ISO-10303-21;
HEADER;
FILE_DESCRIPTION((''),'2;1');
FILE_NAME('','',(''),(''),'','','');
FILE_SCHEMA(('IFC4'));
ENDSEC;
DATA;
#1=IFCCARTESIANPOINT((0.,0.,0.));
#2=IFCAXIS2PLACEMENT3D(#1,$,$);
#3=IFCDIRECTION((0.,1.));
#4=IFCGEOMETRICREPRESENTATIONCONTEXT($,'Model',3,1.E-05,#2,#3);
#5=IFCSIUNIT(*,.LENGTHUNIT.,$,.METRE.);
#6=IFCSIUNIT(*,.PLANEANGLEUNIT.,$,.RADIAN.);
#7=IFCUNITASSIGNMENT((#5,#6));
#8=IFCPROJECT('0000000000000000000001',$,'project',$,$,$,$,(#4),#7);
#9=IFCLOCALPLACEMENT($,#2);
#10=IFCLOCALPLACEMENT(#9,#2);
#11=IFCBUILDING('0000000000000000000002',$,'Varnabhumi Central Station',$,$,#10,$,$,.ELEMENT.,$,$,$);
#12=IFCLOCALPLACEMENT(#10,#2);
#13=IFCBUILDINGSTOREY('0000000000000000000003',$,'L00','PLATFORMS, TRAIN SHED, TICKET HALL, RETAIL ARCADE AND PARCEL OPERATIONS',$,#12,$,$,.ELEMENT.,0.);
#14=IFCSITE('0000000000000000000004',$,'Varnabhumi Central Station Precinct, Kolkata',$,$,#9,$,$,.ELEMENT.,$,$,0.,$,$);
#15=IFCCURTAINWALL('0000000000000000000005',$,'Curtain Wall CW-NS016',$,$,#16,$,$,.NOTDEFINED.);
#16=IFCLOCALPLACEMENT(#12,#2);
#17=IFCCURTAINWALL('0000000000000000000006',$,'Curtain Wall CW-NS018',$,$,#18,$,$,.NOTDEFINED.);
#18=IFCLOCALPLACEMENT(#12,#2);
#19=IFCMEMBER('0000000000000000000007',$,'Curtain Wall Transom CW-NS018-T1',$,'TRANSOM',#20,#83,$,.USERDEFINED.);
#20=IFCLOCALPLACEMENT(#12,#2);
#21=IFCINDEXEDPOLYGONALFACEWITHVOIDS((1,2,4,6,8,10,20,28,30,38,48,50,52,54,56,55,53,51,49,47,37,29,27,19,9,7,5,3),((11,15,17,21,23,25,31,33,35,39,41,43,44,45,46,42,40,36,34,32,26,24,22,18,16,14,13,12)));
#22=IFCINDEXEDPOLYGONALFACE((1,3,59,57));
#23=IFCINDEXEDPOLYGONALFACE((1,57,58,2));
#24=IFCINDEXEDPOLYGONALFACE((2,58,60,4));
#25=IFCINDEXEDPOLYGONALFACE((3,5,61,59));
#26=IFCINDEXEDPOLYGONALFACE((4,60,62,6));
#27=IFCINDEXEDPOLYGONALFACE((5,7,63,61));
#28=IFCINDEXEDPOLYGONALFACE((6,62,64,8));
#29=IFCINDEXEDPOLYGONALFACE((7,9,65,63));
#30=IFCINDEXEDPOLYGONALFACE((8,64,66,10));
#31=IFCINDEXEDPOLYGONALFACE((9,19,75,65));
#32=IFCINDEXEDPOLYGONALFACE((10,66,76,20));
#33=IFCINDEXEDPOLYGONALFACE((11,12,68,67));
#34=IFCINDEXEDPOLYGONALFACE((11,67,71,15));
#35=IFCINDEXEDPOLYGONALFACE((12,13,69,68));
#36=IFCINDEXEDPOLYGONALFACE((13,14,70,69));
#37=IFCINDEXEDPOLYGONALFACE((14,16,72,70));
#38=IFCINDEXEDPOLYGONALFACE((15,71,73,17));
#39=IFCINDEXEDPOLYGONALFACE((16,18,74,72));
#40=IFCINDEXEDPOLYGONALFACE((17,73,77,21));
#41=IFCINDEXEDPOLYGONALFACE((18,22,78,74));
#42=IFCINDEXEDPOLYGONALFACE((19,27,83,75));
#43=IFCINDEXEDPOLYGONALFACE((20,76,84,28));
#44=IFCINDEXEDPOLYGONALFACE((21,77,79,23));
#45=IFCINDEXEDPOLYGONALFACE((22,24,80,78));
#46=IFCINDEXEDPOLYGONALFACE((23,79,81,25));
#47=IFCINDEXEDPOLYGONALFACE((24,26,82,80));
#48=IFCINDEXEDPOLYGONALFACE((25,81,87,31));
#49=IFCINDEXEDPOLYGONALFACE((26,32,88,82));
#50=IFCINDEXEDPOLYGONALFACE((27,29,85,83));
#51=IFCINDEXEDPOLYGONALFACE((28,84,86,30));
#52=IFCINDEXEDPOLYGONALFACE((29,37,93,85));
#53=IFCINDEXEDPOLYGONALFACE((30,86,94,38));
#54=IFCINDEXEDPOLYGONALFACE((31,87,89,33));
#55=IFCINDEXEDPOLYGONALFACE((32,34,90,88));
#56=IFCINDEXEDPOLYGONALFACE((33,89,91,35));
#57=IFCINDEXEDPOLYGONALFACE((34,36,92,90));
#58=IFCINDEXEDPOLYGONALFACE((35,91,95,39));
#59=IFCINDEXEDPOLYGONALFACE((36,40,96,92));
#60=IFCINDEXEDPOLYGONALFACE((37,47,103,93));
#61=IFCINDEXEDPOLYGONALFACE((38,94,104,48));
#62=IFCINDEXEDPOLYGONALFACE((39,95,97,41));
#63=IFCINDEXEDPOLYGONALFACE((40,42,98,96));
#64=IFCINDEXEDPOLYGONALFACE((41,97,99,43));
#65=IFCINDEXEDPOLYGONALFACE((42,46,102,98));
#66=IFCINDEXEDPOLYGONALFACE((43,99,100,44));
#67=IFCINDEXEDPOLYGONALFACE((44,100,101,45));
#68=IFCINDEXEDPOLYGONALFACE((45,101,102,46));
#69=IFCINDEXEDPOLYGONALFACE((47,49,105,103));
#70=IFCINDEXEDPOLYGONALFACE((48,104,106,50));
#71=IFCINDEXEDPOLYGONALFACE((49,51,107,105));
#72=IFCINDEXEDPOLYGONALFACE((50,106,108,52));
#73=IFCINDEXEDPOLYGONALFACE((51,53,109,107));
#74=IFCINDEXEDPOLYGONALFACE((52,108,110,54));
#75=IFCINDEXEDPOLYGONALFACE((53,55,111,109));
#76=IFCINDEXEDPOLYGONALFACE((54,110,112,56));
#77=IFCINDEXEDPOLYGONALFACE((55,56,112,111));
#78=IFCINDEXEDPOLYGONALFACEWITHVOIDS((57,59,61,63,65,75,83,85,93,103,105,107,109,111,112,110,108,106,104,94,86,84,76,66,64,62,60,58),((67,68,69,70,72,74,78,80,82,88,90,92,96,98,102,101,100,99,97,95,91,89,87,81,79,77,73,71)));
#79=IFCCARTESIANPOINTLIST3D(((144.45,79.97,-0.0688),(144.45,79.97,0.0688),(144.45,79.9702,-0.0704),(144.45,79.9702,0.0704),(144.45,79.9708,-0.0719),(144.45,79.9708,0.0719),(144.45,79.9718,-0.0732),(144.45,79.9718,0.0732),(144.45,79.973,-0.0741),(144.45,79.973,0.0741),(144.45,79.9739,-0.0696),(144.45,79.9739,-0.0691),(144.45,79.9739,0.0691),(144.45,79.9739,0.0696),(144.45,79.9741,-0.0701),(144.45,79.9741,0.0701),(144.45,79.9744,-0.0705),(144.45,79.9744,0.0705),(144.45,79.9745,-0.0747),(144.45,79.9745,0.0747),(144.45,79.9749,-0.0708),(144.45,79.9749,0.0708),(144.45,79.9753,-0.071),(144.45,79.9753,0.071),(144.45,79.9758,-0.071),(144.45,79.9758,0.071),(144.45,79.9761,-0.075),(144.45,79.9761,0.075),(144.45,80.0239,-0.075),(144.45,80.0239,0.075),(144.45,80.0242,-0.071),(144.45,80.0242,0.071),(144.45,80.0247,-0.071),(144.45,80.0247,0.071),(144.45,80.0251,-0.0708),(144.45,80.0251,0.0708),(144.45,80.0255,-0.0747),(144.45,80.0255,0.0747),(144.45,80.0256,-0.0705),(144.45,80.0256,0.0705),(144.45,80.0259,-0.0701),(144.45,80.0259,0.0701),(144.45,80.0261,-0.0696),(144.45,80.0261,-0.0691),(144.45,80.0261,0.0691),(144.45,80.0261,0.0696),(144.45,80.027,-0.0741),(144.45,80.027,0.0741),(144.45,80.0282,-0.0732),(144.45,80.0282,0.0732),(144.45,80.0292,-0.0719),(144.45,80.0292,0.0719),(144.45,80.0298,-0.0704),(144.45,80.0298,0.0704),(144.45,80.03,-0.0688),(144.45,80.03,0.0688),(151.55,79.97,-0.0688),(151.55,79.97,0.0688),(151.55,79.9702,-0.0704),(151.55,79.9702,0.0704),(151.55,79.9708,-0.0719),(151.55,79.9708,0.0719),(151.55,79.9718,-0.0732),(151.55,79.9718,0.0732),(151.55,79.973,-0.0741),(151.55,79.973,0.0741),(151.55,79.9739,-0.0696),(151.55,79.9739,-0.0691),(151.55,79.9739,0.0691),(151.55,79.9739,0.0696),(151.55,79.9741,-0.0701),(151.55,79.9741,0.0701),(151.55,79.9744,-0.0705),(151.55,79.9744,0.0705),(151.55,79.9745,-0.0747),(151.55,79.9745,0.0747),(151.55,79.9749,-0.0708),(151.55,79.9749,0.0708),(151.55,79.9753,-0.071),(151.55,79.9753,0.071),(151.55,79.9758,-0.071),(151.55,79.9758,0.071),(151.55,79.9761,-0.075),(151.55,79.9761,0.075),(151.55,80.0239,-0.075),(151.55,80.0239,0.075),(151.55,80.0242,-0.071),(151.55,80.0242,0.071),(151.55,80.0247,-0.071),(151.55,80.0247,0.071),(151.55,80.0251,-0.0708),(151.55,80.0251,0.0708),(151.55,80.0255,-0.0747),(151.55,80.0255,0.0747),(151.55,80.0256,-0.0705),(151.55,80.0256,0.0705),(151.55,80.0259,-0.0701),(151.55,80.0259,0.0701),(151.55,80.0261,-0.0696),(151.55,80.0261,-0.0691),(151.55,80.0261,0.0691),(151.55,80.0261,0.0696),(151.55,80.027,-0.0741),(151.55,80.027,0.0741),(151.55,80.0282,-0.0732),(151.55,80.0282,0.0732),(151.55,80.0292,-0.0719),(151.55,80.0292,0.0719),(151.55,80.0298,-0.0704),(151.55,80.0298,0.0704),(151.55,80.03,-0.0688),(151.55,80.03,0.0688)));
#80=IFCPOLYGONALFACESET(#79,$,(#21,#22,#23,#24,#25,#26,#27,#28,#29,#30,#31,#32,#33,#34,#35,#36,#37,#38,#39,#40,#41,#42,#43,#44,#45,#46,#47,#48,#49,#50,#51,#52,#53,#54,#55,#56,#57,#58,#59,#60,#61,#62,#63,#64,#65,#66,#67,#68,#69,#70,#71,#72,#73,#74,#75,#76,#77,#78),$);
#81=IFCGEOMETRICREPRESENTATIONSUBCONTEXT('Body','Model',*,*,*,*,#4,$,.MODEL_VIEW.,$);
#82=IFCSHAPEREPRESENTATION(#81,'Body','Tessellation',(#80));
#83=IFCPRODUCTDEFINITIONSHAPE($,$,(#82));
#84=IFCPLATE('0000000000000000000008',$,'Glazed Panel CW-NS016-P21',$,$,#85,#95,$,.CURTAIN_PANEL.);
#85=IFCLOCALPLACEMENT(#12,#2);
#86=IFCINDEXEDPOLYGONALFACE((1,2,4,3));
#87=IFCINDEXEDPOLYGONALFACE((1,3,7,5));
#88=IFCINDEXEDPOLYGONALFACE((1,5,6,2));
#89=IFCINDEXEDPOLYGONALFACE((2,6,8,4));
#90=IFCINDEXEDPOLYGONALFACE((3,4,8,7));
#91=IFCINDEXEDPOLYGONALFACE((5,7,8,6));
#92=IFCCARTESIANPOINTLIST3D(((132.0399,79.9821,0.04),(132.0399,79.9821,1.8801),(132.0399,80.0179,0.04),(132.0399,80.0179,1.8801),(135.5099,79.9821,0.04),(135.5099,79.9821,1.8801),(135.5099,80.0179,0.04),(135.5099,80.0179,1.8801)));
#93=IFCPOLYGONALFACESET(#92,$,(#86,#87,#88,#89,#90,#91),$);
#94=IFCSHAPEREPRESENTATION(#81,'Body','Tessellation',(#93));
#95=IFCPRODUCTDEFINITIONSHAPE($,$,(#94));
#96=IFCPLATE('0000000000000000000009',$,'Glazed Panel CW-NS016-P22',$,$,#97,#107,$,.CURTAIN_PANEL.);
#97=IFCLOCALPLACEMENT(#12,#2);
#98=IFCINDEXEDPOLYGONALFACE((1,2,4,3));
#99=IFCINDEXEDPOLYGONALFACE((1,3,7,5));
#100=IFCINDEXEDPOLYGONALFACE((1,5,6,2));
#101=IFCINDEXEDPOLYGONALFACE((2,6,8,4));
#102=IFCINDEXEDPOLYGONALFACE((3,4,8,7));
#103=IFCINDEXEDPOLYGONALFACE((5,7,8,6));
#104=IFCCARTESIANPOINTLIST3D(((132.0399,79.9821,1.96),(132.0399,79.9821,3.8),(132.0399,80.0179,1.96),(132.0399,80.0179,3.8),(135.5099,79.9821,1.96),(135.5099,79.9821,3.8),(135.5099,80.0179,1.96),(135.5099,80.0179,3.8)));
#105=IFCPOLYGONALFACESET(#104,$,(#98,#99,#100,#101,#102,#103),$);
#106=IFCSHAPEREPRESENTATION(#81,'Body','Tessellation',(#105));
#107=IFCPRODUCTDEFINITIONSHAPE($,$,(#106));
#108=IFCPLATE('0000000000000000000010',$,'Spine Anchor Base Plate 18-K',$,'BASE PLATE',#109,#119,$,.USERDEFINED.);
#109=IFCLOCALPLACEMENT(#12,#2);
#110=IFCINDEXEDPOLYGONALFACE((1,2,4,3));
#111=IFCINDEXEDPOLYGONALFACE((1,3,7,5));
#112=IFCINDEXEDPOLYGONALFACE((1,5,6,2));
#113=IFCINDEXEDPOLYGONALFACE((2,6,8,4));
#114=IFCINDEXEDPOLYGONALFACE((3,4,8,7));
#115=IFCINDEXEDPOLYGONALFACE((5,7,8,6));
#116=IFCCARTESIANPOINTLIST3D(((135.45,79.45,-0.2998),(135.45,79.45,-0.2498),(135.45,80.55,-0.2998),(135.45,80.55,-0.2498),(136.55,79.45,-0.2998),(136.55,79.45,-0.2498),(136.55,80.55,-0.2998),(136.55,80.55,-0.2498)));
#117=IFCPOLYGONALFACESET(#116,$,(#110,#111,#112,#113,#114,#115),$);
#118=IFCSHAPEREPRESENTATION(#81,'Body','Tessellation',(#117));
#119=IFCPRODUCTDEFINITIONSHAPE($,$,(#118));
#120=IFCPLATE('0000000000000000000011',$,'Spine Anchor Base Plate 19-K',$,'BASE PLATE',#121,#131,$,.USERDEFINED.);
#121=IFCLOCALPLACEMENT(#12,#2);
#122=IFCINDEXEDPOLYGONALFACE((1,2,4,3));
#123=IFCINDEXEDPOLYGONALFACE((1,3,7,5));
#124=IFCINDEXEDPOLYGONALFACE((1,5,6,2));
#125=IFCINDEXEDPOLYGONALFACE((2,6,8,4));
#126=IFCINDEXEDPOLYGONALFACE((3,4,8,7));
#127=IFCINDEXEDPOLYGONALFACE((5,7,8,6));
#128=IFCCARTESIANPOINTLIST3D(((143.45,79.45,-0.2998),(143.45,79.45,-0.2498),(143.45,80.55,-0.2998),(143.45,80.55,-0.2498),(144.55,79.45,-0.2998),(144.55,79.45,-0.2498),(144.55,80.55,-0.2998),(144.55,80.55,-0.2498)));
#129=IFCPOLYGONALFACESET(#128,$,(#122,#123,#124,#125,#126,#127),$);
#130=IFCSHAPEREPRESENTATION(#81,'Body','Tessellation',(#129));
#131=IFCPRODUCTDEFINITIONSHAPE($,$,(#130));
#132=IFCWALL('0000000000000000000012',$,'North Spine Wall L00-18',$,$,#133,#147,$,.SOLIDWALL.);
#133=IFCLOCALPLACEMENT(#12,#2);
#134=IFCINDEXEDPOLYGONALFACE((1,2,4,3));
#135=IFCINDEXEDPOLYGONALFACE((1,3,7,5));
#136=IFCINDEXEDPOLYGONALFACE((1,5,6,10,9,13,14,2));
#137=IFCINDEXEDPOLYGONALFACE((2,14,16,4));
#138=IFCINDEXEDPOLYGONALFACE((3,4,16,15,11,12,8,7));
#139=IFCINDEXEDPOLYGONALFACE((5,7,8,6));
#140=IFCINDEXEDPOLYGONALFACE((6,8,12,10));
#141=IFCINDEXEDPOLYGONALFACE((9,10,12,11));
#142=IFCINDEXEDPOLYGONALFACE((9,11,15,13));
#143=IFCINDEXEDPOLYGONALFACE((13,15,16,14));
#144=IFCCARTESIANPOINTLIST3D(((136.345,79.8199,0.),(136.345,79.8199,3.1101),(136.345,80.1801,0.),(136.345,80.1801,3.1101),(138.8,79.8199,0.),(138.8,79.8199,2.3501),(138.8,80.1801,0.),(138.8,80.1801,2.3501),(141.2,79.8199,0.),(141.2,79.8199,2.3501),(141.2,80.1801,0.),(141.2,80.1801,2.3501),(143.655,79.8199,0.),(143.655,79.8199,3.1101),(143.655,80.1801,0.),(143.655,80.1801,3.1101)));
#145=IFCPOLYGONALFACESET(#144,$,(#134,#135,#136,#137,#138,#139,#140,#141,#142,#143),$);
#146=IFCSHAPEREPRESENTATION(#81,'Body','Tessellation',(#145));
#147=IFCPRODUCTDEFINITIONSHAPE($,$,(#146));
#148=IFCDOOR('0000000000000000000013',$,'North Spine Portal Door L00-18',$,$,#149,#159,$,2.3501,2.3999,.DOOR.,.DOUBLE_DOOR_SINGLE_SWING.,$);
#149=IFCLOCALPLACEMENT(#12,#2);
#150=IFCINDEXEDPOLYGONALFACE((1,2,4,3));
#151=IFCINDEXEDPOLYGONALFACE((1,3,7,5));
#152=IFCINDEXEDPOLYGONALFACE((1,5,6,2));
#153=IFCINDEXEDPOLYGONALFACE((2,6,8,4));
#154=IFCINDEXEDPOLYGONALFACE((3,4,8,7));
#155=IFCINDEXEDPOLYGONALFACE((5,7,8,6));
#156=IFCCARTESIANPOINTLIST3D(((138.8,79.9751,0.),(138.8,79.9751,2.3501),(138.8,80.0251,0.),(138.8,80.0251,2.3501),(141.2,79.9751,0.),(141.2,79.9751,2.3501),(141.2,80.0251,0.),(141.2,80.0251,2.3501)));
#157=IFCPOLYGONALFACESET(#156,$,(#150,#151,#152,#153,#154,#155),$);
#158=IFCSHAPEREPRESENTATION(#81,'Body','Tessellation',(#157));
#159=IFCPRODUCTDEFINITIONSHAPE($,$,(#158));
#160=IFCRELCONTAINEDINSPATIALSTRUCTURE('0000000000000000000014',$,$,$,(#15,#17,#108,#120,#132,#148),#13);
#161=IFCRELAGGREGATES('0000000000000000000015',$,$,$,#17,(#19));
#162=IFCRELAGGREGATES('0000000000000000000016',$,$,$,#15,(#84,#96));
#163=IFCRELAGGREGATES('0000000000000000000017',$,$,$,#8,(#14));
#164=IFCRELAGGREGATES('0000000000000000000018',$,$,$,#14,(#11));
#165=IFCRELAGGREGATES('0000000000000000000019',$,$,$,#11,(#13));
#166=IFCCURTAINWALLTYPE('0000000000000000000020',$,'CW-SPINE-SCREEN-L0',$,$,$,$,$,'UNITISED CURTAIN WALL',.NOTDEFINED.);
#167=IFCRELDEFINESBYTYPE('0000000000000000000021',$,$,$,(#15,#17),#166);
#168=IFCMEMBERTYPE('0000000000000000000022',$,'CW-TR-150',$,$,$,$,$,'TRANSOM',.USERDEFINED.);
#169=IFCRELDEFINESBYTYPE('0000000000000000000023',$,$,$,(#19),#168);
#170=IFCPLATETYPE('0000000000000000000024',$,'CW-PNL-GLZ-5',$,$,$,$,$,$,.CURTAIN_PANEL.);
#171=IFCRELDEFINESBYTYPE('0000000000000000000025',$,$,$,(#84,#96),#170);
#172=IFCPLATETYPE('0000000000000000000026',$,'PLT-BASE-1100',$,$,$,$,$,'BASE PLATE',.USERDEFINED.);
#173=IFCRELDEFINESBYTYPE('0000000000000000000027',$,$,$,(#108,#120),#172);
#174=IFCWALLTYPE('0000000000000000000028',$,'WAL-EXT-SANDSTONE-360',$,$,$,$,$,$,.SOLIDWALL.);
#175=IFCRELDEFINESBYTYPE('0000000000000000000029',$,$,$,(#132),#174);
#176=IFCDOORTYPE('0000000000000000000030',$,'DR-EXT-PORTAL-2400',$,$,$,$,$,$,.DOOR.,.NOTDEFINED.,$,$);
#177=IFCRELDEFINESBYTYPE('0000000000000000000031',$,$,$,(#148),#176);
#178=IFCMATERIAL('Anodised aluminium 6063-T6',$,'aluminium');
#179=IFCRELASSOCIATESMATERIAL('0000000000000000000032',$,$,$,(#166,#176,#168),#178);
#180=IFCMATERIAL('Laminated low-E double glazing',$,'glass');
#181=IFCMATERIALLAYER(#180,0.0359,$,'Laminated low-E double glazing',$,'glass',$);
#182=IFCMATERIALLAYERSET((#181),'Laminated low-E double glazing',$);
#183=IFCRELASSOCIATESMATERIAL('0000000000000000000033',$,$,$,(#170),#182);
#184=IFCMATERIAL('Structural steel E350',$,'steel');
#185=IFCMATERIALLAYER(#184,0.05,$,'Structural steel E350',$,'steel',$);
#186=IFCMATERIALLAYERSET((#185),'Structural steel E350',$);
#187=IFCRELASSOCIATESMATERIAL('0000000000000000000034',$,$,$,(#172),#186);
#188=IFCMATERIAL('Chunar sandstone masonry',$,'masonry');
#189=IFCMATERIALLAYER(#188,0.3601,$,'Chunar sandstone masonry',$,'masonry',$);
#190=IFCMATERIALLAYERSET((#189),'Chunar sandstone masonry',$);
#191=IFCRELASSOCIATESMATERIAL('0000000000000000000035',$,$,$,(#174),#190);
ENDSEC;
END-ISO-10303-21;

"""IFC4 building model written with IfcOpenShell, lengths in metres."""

from ifc_helpers import new_model, si_unit, direction, frame, frame_2d, origin, origin_2d, place, context, subcontext, project, spatial, rectangle, hollow_rectangle, extrude, material, layer, layer_set, material_profile, profile_set, type_object, element, fill, aggregate, save


model = new_model("IFC4")

# Units and contexts
model_context = context("Model", 3, precision=1e-05, world=origin(), true_north=direction((0.0, 1.0)))
body_context = subcontext(model_context, "Body", "Model", "MODEL_VIEW")
ifc_project = project(units=[si_unit("LENGTHUNIT", "METRE"), si_unit("PLANEANGLEUNIT", "RADIAN")], contexts=[model_context])

# Site, building, storey
site_placement = place(None, origin())
site = spatial("IfcSite", under=ifc_project, at=site_placement, Name="Varnabhumi Central Station Precinct, Kolkata", CompositionType="ELEMENT", RefElevation=0.0)
building_placement = place(site_placement, origin())
building = spatial("IfcBuilding", under=site, at=building_placement, Name="Varnabhumi Central Station", CompositionType="ELEMENT")
storey_placement = place(building_placement, origin())
storey = spatial("IfcBuildingStorey", under=building, at=storey_placement, Name="L00", Description="PLATFORMS, TRAIN SHED, TICKET HALL, RETAIL ARCADE AND PARCEL OPERATIONS", CompositionType="ELEMENT", Elevation=0.0)

# Shared definitions
ifc_material_1 = material(Name="Structural steel E350", Category="steel")

# Curtain wall
ifc_material_2 = material(Name="Anodised aluminium 6063-T6", Category="aluminium")
curtain_wall_type = type_object("IfcCurtainWallType", Name="CW-SPINE-SCREEN-L0", ElementType="UNITISED CURTAIN WALL", PredefinedType="NOTDEFINED", material=ifc_material_2)
curtain_wall_1_placement = place(storey_placement, origin())
curtain_wall_1 = element("IfcCurtainWall", 1, at=curtain_wall_1_placement, inside=storey, type_object=curtain_wall_type, Name="Curtain Wall CW-NS016", PredefinedType="NOTDEFINED")

# Curtain wall, member
curtain_wall_2_placement = place(storey_placement, origin())
curtain_wall_2 = element("IfcCurtainWall", 2, at=curtain_wall_2_placement, inside=storey, type_object=curtain_wall_type, Name="Curtain Wall CW-NS018", PredefinedType="NOTDEFINED")
ifc_material_profile_1 = material_profile(ifc_material_2, hollow_rectangle(XDim=0.0601, YDim=0.1499, WallThickness=0.0039, InnerFilletRadius=0.002, OuterFilletRadius=0.0061, at=origin_2d()), Name="Anodised aluminium 6063-T6", Category="aluminium")
ifc_profile_set_1 = profile_set([ifc_material_profile_1], Name="Anodised aluminium 6063-T6")
member_type_1 = type_object("IfcMemberType", Name="CW-TR-150", ElementType="TRANSOM", PredefinedType="USERDEFINED", material=ifc_profile_set_1)
member_1_placement = place(storey_placement, frame((144.45, 80.0, 0.0), z_axis=(1.0, 0.0, 0.0), x_axis=(0.0, 1.0, 0.0)))
member_1 = element("IfcMember", 3, at=member_1_placement, type_object=member_type_1, Name="Curtain Wall Transom CW-NS018-T1", ObjectType="TRANSOM", PredefinedType="USERDEFINED", context=body_context, shape_type="SweptSolid", body=[
    extrude(hollow_rectangle(XDim=0.0601, YDim=0.1499, WallThickness=0.0039, InnerFilletRadius=0.002, OuterFilletRadius=0.0061, at=origin_2d()), origin(), (0.0, 0.0, 1.0), 7.1001),
])
aggregate(curtain_wall_2, [member_1])

# Plates
ifc_material_3 = material(Name="Laminated low-E double glazing", Category="glass")
ifc_layer_1 = layer(ifc_material_3, 0.0359, Name="Laminated low-E double glazing", Category="glass")
ifc_layer_set_1 = layer_set([ifc_layer_1], Name="Laminated low-E double glazing")
plate_type_1 = type_object("IfcPlateType", Name="CW-PNL-GLZ-5", PredefinedType="CURTAIN_PANEL", material=ifc_layer_set_1)
plate_1_placement = place(storey_placement, frame((133.7749, 80.0, 0.04), z_axis=(0.0, 0.0, 1.0), x_axis=(1.0, 0.0, 0.0)))
plate_1 = element("IfcPlate", 4, at=plate_1_placement, type_object=plate_type_1, Name="Glazed Panel CW-NS016-P21", PredefinedType="CURTAIN_PANEL", context=body_context, shape_type="SweptSolid", body=[
    extrude(rectangle(XDim=3.47, YDim=0.0359, at=origin_2d()), origin(), (0.0, 0.0, 1.0), 1.8401),
])
plate_2_placement = place(storey_placement, frame((133.7749, 80.0, 1.96), z_axis=(0.0, 0.0, 1.0), x_axis=(1.0, 0.0, 0.0)))
plate_2 = element("IfcPlate", 5, at=plate_2_placement, type_object=plate_type_1, Name="Glazed Panel CW-NS016-P22", PredefinedType="CURTAIN_PANEL", context=body_context, shape_type="SweptSolid", body=[
    extrude(rectangle(XDim=3.47, YDim=0.0359, at=origin_2d()), origin(), (0.0, 0.0, 1.0), 1.8401),
])
aggregate(curtain_wall_1, [plate_1, plate_2])

# Plates
ifc_layer_2 = layer(ifc_material_1, 0.05, Name="Structural steel E350", Category="steel")
ifc_layer_set_2 = layer_set([ifc_layer_2], Name="Structural steel E350")
plate_type_2 = type_object("IfcPlateType", Name="PLT-BASE-1100", ElementType="BASE PLATE", PredefinedType="USERDEFINED", material=ifc_layer_set_2)
for number, where, z_axis, x_axis, name in (
    (6, (136.0, 80.0, -0.2998), (0.0, 0.0, 1.0), (1.0, 0.0, 0.0), "Spine Anchor Base Plate 18-K"),
    (7, (144.0, 80.0, -0.2998), (0.0, 0.0, 1.0), (1.0, 0.0, 0.0), "Spine Anchor Base Plate 19-K"),
):
    element("IfcPlate", number, at=place(storey_placement, frame(where, z_axis=z_axis, x_axis=x_axis)), inside=storey, type_object=plate_type_2, Name=name, ObjectType="BASE PLATE", PredefinedType="USERDEFINED", context=body_context, shape_type="SweptSolid", body=[
        extrude(rectangle(XDim=1.1001, YDim=1.1001, at=origin_2d()), origin(), (0.0, 0.0, 1.0), 0.05),
    ])

# Wall, opening, door
ifc_material_4 = material(Name="Chunar sandstone masonry", Category="masonry")
ifc_layer_3 = layer(ifc_material_4, 0.3601, Name="Chunar sandstone masonry", Category="masonry")
ifc_layer_set_3 = layer_set([ifc_layer_3], Name="Chunar sandstone masonry")
wall_type = type_object("IfcWallType", Name="WAL-EXT-SANDSTONE-360", PredefinedType="SOLIDWALL", material=ifc_layer_set_3)
wall_placement = place(storey_placement, frame((136.345, 80.0, 0.0), z_axis=(0.0, 0.0, 1.0), x_axis=(1.0, 0.0, 0.0)))
wall = element("IfcWall", 8, at=wall_placement, inside=storey, type_object=wall_type, Name="North Spine Wall L00-18", PredefinedType="SOLIDWALL", context=body_context, shape_type="SweptSolid", body=[
    extrude(rectangle(XDim=7.3101, YDim=0.3601, at=frame_2d((3.655, 0.0))), origin(), (0.0, 0.0, 1.0), 3.1101),
])
opening_placement = place(wall_placement, frame((2.4551, 0.0, 0.0)))
opening = element("IfcOpeningElement", 9, at=opening_placement, cuts=wall, PredefinedType="OPENING", context=body_context, shape_type="SweptSolid", body=[
    extrude(rectangle(XDim=2.3999, YDim=2.3501, at=frame_2d((1.2, 1.175))), frame((0.0, 0.1899, 0.0), z_axis=(0.0, -1.0, 0.0), x_axis=(1.0, 0.0, 0.0)), (0.0, 0.0, 1.0), 0.3801),
])
door_type = type_object("IfcDoorType", Name="DR-EXT-PORTAL-2400", OperationType="NOTDEFINED", PredefinedType="DOOR", material=ifc_material_2)
door_placement = place(opening_placement, frame((2.3999, 0.0, 0.0), z_axis=(0.0, 0.0, 1.0), x_axis=(-1.0, 0.0, 0.0)))
door = element("IfcDoor", 10, at=door_placement, inside=storey, type_object=door_type, Name="North Spine Portal Door L00-18", OperationType="DOUBLE_DOOR_SINGLE_SWING", OverallHeight=2.3501, OverallWidth=2.3999, PredefinedType="DOOR", context=body_context, shape_type="SweptSolid", body=[
    extrude(rectangle(XDim=2.3999, YDim=2.3501, at=frame_2d((1.2, 1.175))), frame((0.0, 0.0249, 0.0), z_axis=(0.0, -1.0, 0.0), x_axis=(1.0, 0.0, 0.0)), (0.0, 0.0, 1.0), 0.05),
])
fill(opening, door)

save(model, "model.ifc")
